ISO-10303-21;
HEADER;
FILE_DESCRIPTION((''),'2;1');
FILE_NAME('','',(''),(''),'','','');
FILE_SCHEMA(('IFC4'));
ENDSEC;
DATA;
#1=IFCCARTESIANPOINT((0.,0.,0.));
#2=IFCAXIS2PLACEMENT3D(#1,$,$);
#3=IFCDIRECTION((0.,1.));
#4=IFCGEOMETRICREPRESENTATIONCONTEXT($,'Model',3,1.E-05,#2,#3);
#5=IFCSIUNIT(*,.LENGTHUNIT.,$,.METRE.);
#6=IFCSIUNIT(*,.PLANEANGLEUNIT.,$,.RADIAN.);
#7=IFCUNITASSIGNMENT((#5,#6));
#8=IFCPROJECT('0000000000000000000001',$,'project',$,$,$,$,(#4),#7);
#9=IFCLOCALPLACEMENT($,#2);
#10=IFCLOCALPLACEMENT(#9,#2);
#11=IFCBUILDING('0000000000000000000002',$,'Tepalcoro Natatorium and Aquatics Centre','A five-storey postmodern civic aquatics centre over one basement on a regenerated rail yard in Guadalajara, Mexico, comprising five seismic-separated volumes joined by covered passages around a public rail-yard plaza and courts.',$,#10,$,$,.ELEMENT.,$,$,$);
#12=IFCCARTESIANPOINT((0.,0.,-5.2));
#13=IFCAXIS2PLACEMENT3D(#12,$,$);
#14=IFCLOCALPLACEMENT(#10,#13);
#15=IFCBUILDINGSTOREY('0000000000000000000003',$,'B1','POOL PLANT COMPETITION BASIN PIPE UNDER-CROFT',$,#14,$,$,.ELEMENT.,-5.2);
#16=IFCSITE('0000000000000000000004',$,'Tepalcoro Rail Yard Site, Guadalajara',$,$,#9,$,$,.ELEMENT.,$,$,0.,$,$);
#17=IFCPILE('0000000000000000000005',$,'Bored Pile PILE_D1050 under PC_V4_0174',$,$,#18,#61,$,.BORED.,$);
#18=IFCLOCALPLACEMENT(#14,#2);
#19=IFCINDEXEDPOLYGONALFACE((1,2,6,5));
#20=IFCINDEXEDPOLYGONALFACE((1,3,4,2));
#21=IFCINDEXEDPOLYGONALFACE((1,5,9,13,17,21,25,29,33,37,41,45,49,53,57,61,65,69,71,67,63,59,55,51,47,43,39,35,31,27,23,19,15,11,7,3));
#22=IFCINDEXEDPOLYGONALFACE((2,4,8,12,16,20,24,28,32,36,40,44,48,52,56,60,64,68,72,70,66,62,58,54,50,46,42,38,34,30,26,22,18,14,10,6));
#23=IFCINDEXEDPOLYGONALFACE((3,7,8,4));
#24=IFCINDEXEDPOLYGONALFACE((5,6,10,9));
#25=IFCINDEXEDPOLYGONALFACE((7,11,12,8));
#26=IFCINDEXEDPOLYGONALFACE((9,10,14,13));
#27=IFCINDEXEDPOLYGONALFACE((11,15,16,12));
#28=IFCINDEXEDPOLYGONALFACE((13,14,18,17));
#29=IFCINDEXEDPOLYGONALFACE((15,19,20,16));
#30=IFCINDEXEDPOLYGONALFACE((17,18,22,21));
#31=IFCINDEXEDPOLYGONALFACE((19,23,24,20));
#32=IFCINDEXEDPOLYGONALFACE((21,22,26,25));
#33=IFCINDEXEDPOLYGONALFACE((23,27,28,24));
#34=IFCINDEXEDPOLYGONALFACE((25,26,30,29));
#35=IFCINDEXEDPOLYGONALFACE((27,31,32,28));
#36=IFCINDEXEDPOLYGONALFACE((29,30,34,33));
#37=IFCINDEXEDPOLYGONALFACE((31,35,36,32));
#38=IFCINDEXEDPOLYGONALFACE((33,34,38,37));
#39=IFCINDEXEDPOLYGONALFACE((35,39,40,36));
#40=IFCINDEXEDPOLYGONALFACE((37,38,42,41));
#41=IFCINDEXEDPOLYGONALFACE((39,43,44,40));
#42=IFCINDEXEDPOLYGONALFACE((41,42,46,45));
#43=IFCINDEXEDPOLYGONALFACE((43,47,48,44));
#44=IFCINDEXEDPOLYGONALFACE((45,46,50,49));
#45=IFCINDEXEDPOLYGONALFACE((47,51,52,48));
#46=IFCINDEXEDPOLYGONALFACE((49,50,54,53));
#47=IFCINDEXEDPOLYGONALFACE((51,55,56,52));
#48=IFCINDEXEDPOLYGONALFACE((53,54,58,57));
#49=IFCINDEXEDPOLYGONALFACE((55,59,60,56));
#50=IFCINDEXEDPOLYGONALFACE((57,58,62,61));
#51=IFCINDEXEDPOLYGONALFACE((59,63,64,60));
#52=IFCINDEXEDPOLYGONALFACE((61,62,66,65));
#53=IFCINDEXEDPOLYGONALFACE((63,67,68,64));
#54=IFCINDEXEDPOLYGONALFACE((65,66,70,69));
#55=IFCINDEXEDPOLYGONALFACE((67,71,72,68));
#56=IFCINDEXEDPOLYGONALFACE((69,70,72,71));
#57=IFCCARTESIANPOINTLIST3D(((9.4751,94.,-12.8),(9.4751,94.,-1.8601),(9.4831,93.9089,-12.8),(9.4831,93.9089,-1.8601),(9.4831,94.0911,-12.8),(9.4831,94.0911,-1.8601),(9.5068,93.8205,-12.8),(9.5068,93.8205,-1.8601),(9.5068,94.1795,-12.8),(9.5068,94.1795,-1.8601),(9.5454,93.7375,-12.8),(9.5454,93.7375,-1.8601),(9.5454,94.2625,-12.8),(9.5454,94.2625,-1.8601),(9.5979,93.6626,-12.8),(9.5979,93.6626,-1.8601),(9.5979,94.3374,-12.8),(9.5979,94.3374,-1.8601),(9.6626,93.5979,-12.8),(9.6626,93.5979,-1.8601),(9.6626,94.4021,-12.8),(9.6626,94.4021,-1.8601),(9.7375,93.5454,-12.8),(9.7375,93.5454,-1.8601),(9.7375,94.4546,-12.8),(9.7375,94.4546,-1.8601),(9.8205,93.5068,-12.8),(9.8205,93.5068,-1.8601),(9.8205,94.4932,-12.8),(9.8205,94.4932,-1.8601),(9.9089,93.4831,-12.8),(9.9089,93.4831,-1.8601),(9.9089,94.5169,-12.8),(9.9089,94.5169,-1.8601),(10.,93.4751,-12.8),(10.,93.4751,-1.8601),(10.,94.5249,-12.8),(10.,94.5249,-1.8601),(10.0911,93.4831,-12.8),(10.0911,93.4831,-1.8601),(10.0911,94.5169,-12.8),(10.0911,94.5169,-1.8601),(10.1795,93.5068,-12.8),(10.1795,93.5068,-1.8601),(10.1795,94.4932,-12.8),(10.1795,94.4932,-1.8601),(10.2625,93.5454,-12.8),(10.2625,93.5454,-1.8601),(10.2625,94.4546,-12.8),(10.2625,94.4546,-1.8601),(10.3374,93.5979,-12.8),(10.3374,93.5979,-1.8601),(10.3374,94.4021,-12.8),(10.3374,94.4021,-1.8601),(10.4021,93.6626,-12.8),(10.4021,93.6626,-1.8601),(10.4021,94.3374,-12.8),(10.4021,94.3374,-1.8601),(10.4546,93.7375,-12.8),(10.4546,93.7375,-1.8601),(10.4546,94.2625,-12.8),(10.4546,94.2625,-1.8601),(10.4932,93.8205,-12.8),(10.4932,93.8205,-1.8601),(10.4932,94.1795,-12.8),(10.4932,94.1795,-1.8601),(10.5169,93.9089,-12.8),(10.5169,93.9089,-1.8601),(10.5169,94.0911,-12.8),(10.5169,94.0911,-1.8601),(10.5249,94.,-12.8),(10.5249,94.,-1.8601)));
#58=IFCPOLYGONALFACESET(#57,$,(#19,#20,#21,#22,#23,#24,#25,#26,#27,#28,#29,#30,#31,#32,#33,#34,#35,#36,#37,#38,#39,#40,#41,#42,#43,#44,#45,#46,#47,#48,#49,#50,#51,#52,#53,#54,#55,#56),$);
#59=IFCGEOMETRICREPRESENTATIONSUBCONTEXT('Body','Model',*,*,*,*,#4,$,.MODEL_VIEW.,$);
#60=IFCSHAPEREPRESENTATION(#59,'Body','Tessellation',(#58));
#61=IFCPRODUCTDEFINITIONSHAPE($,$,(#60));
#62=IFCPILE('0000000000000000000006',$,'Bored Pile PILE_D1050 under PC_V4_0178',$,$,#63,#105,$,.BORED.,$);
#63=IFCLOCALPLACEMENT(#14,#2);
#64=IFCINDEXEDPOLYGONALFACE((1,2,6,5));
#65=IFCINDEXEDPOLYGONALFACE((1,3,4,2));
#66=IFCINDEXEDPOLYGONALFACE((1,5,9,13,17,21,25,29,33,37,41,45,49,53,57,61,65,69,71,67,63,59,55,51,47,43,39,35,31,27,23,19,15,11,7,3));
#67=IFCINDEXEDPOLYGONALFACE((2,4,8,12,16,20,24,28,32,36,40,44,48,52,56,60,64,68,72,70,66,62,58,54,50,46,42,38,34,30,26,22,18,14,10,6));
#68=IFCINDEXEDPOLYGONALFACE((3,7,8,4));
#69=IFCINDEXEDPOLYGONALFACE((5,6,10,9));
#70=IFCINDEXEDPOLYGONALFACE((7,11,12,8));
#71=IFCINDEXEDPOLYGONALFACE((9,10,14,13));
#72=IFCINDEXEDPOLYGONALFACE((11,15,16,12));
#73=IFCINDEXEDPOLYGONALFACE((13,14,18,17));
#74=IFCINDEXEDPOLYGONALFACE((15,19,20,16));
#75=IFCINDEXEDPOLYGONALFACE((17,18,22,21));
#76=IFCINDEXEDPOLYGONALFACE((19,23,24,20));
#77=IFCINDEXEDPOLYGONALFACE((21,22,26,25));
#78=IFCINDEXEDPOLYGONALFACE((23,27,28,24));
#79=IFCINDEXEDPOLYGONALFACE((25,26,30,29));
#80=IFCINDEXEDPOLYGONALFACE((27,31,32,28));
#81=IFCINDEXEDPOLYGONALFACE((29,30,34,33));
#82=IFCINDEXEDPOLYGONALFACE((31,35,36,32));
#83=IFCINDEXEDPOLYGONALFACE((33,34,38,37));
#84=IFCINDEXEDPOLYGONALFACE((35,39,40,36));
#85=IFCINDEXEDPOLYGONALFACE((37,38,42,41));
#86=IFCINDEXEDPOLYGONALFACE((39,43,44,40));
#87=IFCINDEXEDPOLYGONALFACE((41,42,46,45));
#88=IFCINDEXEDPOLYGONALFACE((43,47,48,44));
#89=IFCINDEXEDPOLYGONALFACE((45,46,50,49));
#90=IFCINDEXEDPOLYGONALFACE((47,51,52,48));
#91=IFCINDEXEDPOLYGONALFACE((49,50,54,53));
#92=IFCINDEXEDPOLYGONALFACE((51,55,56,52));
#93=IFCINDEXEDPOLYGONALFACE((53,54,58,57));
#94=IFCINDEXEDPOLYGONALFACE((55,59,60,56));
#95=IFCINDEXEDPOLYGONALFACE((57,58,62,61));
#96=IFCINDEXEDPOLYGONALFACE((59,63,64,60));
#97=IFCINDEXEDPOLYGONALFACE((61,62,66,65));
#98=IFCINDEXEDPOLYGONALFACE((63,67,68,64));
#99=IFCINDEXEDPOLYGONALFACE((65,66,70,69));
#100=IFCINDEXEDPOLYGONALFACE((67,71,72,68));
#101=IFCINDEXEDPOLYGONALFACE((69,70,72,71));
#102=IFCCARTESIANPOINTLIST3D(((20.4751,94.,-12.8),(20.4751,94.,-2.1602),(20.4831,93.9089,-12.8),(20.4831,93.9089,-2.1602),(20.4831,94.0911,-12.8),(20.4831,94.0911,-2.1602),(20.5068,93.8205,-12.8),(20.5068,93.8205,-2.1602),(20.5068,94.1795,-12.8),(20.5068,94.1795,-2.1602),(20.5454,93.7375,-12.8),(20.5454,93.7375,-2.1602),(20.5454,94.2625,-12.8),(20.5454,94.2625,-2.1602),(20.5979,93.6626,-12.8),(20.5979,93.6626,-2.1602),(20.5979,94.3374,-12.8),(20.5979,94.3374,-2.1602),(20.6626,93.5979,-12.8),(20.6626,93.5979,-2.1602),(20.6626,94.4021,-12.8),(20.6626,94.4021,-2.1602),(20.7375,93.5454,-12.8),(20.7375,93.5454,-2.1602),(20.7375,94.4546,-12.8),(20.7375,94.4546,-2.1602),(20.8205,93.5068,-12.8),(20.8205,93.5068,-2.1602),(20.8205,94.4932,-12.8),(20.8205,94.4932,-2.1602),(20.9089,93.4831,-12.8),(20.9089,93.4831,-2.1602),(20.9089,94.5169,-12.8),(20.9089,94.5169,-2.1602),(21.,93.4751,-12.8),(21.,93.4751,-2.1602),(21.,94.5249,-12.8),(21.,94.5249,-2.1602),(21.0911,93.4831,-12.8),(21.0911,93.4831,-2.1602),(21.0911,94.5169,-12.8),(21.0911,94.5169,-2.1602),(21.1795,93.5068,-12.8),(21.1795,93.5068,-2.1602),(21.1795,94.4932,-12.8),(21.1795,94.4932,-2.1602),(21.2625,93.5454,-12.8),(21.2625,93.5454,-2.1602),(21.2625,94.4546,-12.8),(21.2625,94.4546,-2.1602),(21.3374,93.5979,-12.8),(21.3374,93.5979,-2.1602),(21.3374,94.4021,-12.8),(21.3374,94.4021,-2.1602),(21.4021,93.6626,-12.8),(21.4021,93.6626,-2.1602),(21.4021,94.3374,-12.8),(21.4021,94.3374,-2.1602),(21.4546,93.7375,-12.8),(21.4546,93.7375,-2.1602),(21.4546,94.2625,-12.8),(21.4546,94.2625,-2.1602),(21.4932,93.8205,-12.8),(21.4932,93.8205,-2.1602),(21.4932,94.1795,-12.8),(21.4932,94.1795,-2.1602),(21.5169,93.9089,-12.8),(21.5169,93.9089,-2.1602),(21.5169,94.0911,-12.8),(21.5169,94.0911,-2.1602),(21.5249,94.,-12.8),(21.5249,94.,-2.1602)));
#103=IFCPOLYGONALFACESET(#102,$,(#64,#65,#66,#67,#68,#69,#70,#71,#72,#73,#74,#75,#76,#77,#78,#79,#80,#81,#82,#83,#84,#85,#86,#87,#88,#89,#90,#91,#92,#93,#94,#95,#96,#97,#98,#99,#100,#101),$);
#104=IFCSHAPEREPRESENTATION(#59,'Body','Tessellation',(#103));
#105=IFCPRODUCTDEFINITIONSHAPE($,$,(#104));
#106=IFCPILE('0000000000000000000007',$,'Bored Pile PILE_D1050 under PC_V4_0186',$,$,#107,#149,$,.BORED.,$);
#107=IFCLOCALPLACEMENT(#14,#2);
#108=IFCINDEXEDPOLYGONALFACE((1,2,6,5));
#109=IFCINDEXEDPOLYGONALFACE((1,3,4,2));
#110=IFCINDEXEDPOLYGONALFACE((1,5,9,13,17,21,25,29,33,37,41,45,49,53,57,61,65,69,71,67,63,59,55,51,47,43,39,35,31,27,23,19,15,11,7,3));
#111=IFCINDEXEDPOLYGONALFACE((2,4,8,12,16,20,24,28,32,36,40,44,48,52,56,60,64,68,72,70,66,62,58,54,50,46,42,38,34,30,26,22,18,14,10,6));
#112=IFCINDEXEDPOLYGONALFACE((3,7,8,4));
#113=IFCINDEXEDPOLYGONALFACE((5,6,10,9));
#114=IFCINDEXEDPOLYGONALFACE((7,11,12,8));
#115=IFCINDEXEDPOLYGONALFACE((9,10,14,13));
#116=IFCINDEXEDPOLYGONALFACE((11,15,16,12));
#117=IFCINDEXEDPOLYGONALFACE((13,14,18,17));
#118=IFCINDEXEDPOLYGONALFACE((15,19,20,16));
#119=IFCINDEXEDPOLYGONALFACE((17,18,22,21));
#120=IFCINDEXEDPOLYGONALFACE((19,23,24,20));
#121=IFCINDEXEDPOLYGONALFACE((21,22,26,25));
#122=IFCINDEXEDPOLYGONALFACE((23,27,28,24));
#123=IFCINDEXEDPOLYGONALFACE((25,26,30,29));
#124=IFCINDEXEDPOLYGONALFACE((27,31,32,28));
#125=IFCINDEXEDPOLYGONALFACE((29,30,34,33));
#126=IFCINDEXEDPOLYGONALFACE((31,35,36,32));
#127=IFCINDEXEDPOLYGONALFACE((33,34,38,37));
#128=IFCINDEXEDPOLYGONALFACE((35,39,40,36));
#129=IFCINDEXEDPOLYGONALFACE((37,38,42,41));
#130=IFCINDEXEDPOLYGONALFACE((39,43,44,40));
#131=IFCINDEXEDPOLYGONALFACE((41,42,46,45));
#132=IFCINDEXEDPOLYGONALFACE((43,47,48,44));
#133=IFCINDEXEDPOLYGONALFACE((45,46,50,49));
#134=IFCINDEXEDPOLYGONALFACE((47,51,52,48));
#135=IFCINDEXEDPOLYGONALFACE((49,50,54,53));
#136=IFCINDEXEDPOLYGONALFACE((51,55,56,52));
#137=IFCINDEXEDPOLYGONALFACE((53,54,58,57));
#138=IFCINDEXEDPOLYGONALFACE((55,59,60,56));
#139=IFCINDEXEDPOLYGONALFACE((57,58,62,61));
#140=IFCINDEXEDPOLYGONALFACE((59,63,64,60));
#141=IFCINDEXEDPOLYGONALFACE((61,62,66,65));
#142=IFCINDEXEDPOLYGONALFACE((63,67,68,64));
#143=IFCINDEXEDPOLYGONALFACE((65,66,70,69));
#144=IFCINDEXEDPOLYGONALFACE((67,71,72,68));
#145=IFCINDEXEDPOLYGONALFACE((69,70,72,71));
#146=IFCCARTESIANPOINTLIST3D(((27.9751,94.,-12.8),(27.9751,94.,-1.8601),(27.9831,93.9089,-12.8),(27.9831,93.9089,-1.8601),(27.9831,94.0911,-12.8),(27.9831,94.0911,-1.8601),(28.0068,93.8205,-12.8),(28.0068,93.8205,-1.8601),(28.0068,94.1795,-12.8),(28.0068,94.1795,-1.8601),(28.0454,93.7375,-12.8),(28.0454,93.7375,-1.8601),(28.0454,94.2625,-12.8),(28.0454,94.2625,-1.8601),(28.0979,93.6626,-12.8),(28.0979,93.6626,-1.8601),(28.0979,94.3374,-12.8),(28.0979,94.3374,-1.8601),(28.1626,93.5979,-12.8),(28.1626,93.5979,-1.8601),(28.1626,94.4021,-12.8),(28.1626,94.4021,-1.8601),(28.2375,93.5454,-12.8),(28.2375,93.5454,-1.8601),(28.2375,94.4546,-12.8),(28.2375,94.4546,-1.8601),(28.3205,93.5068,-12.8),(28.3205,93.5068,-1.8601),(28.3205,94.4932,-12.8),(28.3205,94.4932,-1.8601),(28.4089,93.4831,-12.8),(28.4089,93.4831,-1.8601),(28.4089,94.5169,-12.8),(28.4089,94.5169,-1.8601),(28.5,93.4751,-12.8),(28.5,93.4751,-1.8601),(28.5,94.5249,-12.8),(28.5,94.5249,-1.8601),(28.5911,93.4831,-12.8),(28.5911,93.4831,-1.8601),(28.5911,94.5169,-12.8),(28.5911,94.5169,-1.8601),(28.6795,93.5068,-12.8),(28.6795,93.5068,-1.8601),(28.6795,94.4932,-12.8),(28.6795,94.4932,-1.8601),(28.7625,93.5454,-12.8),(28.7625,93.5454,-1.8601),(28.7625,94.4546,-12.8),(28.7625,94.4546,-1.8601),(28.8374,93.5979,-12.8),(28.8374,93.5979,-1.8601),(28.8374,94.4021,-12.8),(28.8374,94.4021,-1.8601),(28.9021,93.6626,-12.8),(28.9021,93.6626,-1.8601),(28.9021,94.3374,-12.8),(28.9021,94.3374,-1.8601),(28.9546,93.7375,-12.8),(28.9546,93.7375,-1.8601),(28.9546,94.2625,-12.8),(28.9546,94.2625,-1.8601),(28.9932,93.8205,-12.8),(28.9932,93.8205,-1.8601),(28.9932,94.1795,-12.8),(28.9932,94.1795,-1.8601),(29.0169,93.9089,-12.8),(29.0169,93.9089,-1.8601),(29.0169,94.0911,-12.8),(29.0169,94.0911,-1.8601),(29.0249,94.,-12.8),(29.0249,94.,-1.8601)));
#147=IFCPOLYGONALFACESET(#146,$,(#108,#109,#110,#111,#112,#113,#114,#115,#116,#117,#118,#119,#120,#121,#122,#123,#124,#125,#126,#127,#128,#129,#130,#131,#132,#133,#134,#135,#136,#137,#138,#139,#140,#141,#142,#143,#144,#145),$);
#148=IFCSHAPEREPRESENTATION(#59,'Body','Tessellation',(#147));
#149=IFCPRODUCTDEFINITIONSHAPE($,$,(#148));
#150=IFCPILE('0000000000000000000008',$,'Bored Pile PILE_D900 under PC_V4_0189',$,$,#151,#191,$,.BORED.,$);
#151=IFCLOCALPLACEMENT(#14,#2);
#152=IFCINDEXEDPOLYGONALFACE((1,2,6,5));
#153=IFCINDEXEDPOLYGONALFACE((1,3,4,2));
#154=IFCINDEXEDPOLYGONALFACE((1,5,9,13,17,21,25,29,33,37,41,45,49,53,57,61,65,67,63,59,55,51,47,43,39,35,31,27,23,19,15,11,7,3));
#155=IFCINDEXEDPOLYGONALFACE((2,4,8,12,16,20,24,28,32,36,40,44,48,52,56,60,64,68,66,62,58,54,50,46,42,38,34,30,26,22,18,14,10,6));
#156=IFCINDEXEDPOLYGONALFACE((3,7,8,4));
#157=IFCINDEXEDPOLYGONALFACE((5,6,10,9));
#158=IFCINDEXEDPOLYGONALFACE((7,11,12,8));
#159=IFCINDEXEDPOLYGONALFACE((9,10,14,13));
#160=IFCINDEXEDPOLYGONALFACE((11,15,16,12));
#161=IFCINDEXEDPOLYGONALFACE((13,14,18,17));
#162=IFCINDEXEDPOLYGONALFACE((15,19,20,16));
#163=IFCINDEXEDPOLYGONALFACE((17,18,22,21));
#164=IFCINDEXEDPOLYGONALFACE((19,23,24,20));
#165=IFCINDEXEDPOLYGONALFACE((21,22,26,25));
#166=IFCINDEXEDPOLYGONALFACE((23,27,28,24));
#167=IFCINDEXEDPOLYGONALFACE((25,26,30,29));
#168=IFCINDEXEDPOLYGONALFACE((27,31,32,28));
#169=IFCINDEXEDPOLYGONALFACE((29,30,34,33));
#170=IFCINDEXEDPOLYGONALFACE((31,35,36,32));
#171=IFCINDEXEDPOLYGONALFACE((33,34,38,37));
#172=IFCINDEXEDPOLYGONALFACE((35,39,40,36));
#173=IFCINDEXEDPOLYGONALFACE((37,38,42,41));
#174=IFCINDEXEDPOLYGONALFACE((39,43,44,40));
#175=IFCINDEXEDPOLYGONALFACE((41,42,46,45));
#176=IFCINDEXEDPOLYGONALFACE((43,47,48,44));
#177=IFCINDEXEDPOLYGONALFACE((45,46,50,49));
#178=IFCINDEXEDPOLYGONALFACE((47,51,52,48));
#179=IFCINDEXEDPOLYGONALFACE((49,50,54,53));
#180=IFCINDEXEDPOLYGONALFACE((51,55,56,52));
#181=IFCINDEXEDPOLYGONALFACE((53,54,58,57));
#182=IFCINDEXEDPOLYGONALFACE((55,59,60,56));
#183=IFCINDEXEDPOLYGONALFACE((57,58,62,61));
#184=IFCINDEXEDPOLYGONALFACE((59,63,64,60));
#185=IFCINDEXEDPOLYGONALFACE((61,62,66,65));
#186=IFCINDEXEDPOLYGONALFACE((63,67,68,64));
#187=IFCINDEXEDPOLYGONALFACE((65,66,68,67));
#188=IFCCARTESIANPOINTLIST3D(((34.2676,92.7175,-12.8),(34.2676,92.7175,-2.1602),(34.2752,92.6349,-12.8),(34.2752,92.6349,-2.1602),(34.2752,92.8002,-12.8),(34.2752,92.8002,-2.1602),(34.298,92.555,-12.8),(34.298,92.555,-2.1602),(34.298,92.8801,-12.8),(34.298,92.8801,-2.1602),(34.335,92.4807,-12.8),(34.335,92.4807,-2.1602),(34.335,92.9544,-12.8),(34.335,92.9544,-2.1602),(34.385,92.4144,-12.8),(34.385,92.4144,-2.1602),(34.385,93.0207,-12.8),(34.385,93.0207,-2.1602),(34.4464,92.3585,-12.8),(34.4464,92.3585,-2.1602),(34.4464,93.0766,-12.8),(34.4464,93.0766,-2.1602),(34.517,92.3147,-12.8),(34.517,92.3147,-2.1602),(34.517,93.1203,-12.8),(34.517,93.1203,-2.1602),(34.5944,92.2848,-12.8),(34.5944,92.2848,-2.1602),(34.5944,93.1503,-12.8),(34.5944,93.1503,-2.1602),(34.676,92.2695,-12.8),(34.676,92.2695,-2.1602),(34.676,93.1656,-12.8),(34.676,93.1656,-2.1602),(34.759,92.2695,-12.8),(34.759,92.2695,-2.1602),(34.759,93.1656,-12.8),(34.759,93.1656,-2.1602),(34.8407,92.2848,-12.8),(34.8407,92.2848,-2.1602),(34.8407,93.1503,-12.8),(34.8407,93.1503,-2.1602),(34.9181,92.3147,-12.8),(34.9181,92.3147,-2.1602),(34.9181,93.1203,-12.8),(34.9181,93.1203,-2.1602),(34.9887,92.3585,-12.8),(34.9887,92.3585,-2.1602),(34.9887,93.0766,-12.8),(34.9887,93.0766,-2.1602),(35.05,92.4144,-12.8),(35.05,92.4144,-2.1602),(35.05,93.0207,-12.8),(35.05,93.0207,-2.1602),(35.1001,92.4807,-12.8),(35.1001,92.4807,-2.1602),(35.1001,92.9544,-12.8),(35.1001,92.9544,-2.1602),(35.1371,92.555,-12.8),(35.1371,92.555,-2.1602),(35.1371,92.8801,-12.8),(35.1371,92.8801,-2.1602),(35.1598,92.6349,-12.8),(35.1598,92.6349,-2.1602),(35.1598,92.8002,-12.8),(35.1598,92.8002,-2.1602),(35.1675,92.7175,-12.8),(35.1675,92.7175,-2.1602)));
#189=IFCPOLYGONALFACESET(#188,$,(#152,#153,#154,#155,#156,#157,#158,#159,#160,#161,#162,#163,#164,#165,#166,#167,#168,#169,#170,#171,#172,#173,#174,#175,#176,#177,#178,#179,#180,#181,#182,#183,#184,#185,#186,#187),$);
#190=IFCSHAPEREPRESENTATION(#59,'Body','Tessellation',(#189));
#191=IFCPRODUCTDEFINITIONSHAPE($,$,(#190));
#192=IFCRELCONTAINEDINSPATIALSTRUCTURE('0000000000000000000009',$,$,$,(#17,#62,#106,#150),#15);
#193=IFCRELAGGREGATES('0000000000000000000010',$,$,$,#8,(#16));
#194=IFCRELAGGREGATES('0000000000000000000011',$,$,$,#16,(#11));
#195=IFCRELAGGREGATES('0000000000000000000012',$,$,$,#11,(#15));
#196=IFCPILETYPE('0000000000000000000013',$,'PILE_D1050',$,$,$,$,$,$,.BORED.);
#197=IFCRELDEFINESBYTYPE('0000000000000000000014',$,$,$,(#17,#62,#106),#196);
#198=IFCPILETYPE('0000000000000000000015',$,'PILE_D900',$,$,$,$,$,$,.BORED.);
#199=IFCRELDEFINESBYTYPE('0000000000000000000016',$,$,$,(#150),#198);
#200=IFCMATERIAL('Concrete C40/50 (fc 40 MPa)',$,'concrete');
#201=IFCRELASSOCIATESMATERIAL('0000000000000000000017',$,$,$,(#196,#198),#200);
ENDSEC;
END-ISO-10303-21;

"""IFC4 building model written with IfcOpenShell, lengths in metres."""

from ifc_helpers import new_model, si_unit, direction, frame, origin, origin_2d, place, context, subcontext, project, spatial, circle, extrude, material, material_profile, profile_set, type_object, element, save


model = new_model("IFC4")

# Units and contexts
model_context = context("Model", 3, precision=1e-05, world=origin(), true_north=direction((0.0, 1.0)))
body_context = subcontext(model_context, "Body", "Model", "MODEL_VIEW")
ifc_project = project(units=[si_unit("LENGTHUNIT", "METRE"), si_unit("PLANEANGLEUNIT", "RADIAN")], contexts=[model_context])

# Site, building, storey
site_placement = place(None, origin())
site = spatial("IfcSite", under=ifc_project, at=site_placement, Name="Tepalcoro Rail Yard Site, Guadalajara", CompositionType="ELEMENT", RefElevation=0.0)
building_placement = place(site_placement, origin())
building = spatial("IfcBuilding", under=site, at=building_placement, Name="Tepalcoro Natatorium and Aquatics Centre", Description="A five-storey postmodern civic aquatics centre over one basement on a regenerated rail yard in Guadalajara, Mexico, comprising five seismic-separated volumes joined by covered passages around a public rail-yard plaza and courts.", CompositionType="ELEMENT")
storey_placement = place(building_placement, frame((0.0, 0.0, -5.2)))
storey = spatial("IfcBuildingStorey", under=building, at=storey_placement, Name="B1", Description="POOL PLANT COMPETITION BASIN PIPE UNDER-CROFT", CompositionType="ELEMENT", Elevation=-5.2)

# Piles
ifc_material_1 = material(Name="Concrete C40/50 (fc 40 MPa)", Category="concrete")
ifc_material_profile_1 = material_profile(ifc_material_1, circle(Radius=0.5249, at=origin_2d()), Name="PILE_D1050")
ifc_profile_set_1 = profile_set([ifc_material_profile_1], Name="Concrete C40/50 (fc 40 MPa)")
pile_type_1 = type_object("IfcPileType", Name="PILE_D1050", PredefinedType="BORED", material=ifc_profile_set_1)
pile_1_placement = place(storey_placement, frame((10.0, 94.0, -1.8601), z_axis=(0.0, 0.0, -1.0), x_axis=(1.0, 0.0, 0.0)))
element("IfcPile", 1, at=pile_1_placement, inside=storey, type_object=pile_type_1, Name="Bored Pile PILE_D1050 under PC_V4_0174", PredefinedType="BORED", context=body_context, shape_type="SweptSolid", body=[
    extrude(circle(Radius=0.5249, at=origin_2d()), origin(), (0.0, 0.0, 1.0), 10.9399),
])
pile_2_placement = place(storey_placement, frame((21.0, 94.0, -2.1602), z_axis=(0.0, 0.0, -1.0), x_axis=(1.0, 0.0, 0.0)))
element("IfcPile", 2, at=pile_2_placement, inside=storey, type_object=pile_type_1, Name="Bored Pile PILE_D1050 under PC_V4_0178", PredefinedType="BORED", context=body_context, shape_type="SweptSolid", body=[
    extrude(circle(Radius=0.5249, at=origin_2d()), origin(), (0.0, 0.0, 1.0), 10.6399),
])
pile_3_placement = place(storey_placement, frame((28.5, 94.0, -1.8601), z_axis=(0.0, 0.0, -1.0), x_axis=(1.0, 0.0, 0.0)))
element("IfcPile", 3, at=pile_3_placement, inside=storey, type_object=pile_type_1, Name="Bored Pile PILE_D1050 under PC_V4_0186", PredefinedType="BORED", context=body_context, shape_type="SweptSolid", body=[
    extrude(circle(Radius=0.5249, at=origin_2d()), origin(), (0.0, 0.0, 1.0), 10.9399),
])
ifc_material_profile_2 = material_profile(ifc_material_1, circle(Radius=0.45, at=origin_2d()), Name="PILE_D900")
ifc_profile_set_2 = profile_set([ifc_material_profile_2], Name="Concrete C40/50 (fc 40 MPa)")
pile_type_2 = type_object("IfcPileType", Name="PILE_D900", PredefinedType="BORED", material=ifc_profile_set_2)
for number, where, z_axis, x_axis, name in (
    (4, (34.7175, 92.7175, -2.1602), (0.0, 0.0, -1.0), (1.0, 0.0, 0.0), "Bored Pile PILE_D900 under PC_V4_0189"),
):
    element("IfcPile", number, at=place(storey_placement, frame(where, z_axis=z_axis, x_axis=x_axis)), inside=storey, type_object=pile_type_2, Name=name, PredefinedType="BORED", context=body_context, shape_type="SweptSolid", body=[
        extrude(circle(Radius=0.45, at=origin_2d()), origin(), (0.0, 0.0, 1.0), 10.6399),
    ])

save(model, "model.ifc")
